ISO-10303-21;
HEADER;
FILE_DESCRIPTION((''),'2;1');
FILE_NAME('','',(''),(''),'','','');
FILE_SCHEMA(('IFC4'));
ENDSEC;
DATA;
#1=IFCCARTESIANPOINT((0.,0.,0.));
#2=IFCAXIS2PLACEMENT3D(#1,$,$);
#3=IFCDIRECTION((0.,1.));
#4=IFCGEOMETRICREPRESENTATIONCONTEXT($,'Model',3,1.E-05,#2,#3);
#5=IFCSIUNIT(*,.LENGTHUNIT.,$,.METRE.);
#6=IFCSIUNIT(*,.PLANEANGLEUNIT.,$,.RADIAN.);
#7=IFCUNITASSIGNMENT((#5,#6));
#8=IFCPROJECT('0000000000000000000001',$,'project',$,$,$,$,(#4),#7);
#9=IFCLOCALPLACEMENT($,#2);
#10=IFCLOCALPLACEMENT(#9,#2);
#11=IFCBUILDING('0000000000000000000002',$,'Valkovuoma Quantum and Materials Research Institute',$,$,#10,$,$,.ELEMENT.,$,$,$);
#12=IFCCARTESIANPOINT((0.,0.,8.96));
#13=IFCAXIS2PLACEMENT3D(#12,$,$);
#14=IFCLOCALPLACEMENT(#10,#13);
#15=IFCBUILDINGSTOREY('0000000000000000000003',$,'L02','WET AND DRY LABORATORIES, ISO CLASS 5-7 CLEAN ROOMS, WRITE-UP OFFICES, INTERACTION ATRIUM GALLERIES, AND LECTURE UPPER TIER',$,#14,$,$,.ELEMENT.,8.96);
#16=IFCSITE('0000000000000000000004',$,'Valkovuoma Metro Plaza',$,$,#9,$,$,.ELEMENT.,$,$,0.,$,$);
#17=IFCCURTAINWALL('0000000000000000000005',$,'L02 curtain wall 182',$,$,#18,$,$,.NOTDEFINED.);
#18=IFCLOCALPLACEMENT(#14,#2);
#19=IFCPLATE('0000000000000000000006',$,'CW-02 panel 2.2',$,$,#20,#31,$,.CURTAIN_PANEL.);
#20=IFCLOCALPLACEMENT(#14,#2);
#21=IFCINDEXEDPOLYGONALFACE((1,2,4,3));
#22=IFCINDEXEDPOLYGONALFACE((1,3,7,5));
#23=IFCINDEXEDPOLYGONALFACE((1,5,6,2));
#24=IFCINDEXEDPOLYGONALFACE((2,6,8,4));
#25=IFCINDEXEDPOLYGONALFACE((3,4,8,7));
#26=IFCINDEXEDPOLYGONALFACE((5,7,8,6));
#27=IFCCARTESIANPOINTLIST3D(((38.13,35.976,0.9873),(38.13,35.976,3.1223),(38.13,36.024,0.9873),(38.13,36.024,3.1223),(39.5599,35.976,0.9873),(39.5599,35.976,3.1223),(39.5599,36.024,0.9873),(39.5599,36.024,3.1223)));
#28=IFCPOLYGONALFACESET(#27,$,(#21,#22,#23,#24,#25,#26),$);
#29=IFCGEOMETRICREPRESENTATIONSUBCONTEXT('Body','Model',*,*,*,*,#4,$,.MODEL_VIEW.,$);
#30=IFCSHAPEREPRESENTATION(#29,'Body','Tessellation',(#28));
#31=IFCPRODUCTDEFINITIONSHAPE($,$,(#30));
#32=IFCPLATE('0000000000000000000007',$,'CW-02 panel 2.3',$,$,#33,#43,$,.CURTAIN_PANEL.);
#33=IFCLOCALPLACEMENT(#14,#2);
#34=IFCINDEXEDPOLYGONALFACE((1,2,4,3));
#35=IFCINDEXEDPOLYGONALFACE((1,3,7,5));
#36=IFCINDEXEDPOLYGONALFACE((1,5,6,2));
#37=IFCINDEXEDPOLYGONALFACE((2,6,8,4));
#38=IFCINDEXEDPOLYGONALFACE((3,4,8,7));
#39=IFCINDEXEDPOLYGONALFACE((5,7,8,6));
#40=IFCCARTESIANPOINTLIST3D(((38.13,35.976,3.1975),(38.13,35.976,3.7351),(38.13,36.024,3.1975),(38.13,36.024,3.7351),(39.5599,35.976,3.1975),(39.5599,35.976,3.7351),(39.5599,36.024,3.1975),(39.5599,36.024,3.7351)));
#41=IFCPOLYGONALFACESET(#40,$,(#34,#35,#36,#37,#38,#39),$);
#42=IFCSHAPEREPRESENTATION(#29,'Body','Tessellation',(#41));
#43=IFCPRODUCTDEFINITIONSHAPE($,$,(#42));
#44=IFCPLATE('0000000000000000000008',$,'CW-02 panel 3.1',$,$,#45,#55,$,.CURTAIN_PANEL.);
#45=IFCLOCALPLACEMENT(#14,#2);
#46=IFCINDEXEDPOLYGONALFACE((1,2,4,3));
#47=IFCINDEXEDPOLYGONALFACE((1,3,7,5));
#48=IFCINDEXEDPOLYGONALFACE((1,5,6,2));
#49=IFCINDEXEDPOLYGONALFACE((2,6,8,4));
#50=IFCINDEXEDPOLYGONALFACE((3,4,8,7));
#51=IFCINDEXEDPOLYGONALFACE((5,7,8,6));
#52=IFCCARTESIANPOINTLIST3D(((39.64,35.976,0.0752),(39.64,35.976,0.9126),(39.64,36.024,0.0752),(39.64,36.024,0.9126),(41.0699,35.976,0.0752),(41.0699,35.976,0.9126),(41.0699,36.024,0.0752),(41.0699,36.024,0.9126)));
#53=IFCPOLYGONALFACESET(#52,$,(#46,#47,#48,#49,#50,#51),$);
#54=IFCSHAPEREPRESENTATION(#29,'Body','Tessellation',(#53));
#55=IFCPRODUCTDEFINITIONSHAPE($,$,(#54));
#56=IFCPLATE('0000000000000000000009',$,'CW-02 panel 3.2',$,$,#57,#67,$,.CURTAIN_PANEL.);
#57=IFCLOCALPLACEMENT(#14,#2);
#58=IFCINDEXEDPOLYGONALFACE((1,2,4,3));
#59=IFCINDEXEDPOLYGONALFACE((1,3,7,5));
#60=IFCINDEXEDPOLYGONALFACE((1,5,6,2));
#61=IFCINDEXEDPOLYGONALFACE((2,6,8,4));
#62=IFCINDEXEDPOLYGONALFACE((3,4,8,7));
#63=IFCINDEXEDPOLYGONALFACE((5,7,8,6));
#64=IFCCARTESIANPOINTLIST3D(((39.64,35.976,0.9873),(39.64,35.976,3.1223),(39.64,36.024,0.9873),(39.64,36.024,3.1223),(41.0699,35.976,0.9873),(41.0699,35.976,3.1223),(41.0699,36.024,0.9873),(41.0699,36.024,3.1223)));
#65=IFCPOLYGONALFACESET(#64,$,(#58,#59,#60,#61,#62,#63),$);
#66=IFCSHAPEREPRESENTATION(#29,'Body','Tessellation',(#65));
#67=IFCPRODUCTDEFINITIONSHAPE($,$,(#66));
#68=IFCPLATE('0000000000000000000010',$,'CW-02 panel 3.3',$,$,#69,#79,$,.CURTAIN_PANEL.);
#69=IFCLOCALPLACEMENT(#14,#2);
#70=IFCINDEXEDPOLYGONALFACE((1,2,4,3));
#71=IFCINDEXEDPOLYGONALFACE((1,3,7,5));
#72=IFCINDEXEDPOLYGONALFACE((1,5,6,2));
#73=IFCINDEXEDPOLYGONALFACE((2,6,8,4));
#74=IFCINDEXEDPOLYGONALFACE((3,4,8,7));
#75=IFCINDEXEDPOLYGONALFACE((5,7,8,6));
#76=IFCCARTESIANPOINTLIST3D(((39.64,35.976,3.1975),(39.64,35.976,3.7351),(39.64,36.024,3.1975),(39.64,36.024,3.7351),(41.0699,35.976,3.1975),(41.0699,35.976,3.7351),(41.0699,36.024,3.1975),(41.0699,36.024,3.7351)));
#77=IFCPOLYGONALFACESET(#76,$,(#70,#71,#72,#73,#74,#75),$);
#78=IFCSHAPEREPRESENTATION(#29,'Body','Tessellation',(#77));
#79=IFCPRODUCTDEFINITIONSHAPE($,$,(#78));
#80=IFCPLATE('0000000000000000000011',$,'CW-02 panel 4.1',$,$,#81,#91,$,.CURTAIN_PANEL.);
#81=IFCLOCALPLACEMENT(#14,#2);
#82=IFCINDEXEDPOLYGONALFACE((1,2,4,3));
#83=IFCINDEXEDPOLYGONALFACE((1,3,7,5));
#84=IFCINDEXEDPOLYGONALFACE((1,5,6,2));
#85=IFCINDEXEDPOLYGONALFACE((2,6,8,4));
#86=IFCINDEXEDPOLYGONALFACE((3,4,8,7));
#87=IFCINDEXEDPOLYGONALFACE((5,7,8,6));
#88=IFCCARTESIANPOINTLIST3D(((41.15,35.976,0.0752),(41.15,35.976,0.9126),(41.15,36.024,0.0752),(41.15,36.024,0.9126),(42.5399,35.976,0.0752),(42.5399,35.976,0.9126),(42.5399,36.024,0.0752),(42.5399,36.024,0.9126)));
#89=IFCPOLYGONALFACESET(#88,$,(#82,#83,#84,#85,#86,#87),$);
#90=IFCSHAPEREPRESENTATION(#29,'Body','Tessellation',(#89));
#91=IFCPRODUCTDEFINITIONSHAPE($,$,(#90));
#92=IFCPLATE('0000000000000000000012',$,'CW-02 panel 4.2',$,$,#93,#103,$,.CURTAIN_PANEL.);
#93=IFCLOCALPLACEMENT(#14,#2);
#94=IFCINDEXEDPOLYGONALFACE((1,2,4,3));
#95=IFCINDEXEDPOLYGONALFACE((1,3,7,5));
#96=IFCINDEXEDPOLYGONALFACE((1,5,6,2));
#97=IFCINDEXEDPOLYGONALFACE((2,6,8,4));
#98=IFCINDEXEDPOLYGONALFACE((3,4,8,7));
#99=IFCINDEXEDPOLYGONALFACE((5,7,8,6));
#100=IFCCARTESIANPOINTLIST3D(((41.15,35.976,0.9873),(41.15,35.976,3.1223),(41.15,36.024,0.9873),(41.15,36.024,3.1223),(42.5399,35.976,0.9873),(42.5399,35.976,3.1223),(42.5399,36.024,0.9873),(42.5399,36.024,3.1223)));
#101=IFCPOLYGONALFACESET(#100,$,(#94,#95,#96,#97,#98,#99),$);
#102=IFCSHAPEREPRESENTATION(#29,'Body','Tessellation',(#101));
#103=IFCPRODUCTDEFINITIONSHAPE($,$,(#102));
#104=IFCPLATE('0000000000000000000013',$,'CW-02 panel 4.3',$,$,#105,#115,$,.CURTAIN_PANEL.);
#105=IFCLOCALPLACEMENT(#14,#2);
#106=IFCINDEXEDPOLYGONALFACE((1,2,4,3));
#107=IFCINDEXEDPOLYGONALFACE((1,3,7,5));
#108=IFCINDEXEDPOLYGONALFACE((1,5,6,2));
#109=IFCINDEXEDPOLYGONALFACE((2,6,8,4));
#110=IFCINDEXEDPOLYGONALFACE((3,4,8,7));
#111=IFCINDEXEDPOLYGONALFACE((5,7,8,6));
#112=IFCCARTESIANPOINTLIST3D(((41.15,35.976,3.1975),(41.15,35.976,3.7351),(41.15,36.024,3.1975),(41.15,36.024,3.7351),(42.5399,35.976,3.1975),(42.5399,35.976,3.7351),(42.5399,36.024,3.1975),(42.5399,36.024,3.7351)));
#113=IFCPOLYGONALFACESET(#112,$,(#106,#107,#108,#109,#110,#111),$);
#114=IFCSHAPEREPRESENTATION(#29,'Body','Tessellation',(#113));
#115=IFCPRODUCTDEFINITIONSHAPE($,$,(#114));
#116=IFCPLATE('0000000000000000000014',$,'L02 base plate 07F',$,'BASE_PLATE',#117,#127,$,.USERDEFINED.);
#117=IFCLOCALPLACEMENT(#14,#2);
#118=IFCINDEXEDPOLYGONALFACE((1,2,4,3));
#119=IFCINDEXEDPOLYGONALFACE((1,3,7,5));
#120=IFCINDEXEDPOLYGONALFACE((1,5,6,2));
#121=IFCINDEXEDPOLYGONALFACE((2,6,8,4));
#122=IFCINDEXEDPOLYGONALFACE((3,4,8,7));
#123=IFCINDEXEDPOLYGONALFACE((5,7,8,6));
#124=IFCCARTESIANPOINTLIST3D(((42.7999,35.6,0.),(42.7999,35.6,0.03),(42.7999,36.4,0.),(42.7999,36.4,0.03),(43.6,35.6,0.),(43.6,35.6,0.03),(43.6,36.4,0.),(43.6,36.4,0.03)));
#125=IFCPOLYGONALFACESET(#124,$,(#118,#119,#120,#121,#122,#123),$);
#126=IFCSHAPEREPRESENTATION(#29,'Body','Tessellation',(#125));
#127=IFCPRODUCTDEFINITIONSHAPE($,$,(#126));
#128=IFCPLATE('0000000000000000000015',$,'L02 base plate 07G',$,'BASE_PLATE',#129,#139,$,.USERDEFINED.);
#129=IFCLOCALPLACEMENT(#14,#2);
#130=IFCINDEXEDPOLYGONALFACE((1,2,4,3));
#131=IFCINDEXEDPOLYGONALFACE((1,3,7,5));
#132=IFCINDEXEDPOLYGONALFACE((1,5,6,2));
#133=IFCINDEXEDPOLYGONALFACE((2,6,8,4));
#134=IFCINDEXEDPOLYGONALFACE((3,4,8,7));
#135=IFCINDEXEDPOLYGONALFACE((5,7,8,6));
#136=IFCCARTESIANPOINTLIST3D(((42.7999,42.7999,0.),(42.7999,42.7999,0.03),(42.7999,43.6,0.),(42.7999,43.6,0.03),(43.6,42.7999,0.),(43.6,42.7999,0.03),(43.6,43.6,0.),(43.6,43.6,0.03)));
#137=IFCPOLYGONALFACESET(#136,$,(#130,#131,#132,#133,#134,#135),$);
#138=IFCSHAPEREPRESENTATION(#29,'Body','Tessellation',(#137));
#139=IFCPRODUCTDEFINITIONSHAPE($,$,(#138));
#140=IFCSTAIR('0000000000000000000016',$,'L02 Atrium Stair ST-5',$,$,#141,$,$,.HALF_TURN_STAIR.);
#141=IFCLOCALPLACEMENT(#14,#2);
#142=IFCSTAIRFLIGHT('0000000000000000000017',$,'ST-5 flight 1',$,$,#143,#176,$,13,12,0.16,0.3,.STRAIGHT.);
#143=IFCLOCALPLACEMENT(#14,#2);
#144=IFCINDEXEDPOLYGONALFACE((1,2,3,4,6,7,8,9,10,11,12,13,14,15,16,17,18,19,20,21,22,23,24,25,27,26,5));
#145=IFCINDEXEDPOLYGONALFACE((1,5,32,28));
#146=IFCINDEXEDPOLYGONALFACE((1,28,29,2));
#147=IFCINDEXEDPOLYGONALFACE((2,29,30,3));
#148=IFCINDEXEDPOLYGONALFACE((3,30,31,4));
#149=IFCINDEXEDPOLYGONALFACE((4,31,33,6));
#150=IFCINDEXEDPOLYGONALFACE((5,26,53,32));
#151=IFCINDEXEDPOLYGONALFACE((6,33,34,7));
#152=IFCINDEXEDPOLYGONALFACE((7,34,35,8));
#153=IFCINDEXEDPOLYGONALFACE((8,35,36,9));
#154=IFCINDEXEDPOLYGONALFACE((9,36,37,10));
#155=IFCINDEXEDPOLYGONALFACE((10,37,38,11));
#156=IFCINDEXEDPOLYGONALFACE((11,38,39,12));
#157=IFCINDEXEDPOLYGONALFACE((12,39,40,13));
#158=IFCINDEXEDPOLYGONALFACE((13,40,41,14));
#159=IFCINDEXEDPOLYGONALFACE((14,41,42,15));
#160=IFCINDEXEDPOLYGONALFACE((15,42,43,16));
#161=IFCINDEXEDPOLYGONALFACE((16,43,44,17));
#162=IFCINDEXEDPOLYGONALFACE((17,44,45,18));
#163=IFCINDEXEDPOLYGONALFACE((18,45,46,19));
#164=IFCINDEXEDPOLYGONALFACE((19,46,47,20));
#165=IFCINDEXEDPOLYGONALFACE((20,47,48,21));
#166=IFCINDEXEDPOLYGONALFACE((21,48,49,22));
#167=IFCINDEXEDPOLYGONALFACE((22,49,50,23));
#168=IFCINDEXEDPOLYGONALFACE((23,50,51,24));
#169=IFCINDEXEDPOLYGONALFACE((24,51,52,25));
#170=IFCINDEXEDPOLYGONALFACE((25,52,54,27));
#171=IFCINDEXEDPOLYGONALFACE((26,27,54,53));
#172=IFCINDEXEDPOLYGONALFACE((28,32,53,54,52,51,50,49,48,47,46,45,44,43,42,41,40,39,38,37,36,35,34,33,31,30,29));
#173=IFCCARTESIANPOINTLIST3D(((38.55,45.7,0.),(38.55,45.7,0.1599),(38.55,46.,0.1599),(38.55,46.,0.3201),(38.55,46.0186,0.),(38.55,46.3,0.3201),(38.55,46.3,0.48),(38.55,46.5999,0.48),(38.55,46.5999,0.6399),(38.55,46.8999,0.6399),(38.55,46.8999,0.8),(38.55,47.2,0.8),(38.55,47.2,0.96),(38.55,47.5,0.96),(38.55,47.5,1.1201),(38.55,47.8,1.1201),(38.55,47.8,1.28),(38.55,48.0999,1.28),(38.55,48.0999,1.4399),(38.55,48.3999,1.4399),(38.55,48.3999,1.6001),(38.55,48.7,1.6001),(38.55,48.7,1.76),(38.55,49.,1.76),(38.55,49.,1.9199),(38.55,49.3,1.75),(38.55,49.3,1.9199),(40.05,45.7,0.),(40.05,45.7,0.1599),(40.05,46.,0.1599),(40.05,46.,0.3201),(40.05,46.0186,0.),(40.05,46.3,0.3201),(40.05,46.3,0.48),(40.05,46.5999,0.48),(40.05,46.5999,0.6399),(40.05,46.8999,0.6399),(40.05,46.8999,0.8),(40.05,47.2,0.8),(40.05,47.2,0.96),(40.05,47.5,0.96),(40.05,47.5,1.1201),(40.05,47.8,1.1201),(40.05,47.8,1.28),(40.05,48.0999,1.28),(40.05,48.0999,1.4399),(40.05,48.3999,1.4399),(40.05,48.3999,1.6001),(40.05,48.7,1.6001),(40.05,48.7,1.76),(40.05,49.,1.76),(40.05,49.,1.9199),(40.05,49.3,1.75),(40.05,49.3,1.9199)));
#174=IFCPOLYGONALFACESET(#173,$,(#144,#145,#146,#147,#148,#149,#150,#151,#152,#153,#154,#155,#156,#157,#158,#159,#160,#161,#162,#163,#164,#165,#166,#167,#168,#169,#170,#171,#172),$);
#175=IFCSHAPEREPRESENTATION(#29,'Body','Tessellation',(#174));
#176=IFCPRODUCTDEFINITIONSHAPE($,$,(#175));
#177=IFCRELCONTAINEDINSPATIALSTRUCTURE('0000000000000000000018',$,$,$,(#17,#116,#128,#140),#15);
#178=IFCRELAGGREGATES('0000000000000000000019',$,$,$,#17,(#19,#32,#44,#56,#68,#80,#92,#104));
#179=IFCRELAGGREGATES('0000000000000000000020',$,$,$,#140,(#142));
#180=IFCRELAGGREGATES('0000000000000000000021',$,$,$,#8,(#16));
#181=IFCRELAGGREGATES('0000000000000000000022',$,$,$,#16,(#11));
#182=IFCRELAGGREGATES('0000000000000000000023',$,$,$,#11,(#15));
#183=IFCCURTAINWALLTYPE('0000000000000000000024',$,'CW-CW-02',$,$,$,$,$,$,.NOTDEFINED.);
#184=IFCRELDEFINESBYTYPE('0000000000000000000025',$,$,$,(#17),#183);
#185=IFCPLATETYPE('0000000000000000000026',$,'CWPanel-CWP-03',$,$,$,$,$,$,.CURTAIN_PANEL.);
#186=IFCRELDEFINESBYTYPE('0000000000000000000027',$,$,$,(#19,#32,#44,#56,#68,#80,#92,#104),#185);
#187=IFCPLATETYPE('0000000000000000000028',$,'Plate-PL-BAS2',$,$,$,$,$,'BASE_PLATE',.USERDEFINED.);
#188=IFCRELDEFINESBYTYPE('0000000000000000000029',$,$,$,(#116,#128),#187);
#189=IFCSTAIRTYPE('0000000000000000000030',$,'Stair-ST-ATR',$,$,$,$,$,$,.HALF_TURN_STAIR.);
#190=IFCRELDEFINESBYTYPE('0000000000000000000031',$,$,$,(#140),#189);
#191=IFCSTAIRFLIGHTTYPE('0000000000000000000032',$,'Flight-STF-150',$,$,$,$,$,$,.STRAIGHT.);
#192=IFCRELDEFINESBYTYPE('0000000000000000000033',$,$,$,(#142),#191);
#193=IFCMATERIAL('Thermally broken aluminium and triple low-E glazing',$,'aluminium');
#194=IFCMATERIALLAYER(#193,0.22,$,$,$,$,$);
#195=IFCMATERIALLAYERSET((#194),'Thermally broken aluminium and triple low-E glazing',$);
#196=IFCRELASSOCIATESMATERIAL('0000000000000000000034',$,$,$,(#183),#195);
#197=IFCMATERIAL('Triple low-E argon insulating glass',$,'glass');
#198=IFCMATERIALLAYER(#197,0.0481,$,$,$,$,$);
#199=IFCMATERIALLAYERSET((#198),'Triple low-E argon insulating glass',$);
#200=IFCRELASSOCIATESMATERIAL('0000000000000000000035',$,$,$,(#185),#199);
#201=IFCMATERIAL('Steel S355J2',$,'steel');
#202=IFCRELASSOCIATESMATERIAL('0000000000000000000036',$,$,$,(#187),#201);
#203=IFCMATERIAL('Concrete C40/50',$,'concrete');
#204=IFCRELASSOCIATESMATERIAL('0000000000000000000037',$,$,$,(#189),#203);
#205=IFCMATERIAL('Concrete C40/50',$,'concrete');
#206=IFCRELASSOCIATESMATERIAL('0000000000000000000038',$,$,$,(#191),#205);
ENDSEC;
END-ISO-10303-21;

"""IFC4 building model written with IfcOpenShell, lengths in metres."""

from ifc_helpers import new_model, si_unit, direction, frame, origin, origin_2d, place, context, subcontext, project, spatial, polyline, rectangle, outline, extrude, material, layer, layer_set, type_object, element, aggregate, save


model = new_model("IFC4")

# Units and contexts
model_context = context("Model", 3, precision=1e-05, world=origin(), true_north=direction((0.0, 1.0)))
body_context = subcontext(model_context, "Body", "Model", "MODEL_VIEW")
ifc_project = project(units=[si_unit("LENGTHUNIT", "METRE"), si_unit("PLANEANGLEUNIT", "RADIAN")], contexts=[model_context])

# Site, building, storey
site_placement = place(None, origin())
site = spatial("IfcSite", under=ifc_project, at=site_placement, Name="Valkovuoma Metro Plaza", CompositionType="ELEMENT", RefElevation=0.0)
building_placement = place(site_placement, origin())
building = spatial("IfcBuilding", under=site, at=building_placement, Name="Valkovuoma Quantum and Materials Research Institute", CompositionType="ELEMENT")
storey_placement = place(building_placement, frame((0.0, 0.0, 8.96)))
storey = spatial("IfcBuildingStorey", under=building, at=storey_placement, Name="L02", Description="WET AND DRY LABORATORIES, ISO CLASS 5-7 CLEAN ROOMS, WRITE-UP OFFICES, INTERACTION ATRIUM GALLERIES, AND LECTURE UPPER TIER", CompositionType="ELEMENT", Elevation=8.96)

# Curtain wall
ifc_material_1 = material(Name="Thermally broken aluminium and triple low-E glazing", Category="aluminium")
ifc_layer_1 = layer(ifc_material_1, 0.22)
ifc_layer_set_1 = layer_set([ifc_layer_1], Name="Thermally broken aluminium and triple low-E glazing")
curtain_wall_type = type_object("IfcCurtainWallType", Name="CW-CW-02", PredefinedType="NOTDEFINED", material=ifc_layer_set_1)
curtain_wall_1_placement = place(storey_placement, origin())
curtain_wall_1 = element("IfcCurtainWall", 1, at=curtain_wall_1_placement, inside=storey, type_object=curtain_wall_type, Name="L02 curtain wall 182", PredefinedType="NOTDEFINED")

# Plates
ifc_material_2 = material(Name="Triple low-E argon insulating glass", Category="glass")
ifc_layer_2 = layer(ifc_material_2, 0.0481)
ifc_layer_set_2 = layer_set([ifc_layer_2], Name="Triple low-E argon insulating glass")
plate_type_1 = type_object("IfcPlateType", Name="CWPanel-CWP-03", PredefinedType="CURTAIN_PANEL", material=ifc_layer_set_2)
plate_1_placement = place(storey_placement, frame((38.845, 36.0, 0.9873), z_axis=(0.0, 0.0, 1.0), x_axis=(1.0, 0.0, 0.0)))
plate_1 = element("IfcPlate", 2, at=plate_1_placement, type_object=plate_type_1, Name="CW-02 panel 2.2", PredefinedType="CURTAIN_PANEL", context=body_context, shape_type="SweptSolid", body=[
    extrude(rectangle(XDim=1.4299, YDim=0.0481, at=origin_2d()), origin(), (0.0, 0.0, 1.0), 2.135),
])
plate_2_placement = place(storey_placement, frame((38.845, 36.0, 3.1975), z_axis=(0.0, 0.0, 1.0), x_axis=(1.0, 0.0, 0.0)))
plate_2 = element("IfcPlate", 3, at=plate_2_placement, type_object=plate_type_1, Name="CW-02 panel 2.3", PredefinedType="CURTAIN_PANEL", context=body_context, shape_type="SweptSolid", body=[
    extrude(rectangle(XDim=1.4299, YDim=0.0481, at=origin_2d()), origin(), (0.0, 0.0, 1.0), 0.5376),
])
plate_3_placement = place(storey_placement, frame((40.355, 36.0, 0.0752), z_axis=(0.0, 0.0, 1.0), x_axis=(1.0, 0.0, 0.0)))
plate_3 = element("IfcPlate", 4, at=plate_3_placement, type_object=plate_type_1, Name="CW-02 panel 3.1", PredefinedType="CURTAIN_PANEL", context=body_context, shape_type="SweptSolid", body=[
    extrude(rectangle(XDim=1.4299, YDim=0.0481, at=origin_2d()), origin(), (0.0, 0.0, 1.0), 0.8374),
])
plate_4_placement = place(storey_placement, frame((40.355, 36.0, 0.9873), z_axis=(0.0, 0.0, 1.0), x_axis=(1.0, 0.0, 0.0)))
plate_4 = element("IfcPlate", 5, at=plate_4_placement, type_object=plate_type_1, Name="CW-02 panel 3.2", PredefinedType="CURTAIN_PANEL", context=body_context, shape_type="SweptSolid", body=[
    extrude(rectangle(XDim=1.4299, YDim=0.0481, at=origin_2d()), origin(), (0.0, 0.0, 1.0), 2.135),
])
plate_5_placement = place(storey_placement, frame((40.355, 36.0, 3.1975), z_axis=(0.0, 0.0, 1.0), x_axis=(1.0, 0.0, 0.0)))
plate_5 = element("IfcPlate", 6, at=plate_5_placement, type_object=plate_type_1, Name="CW-02 panel 3.3", PredefinedType="CURTAIN_PANEL", context=body_context, shape_type="SweptSolid", body=[
    extrude(rectangle(XDim=1.4299, YDim=0.0481, at=origin_2d()), origin(), (0.0, 0.0, 1.0), 0.5376),
])
plate_6_placement = place(storey_placement, frame((41.845, 36.0, 0.0752), z_axis=(0.0, 0.0, 1.0), x_axis=(1.0, 0.0, 0.0)))
plate_6 = element("IfcPlate", 7, at=plate_6_placement, type_object=plate_type_1, Name="CW-02 panel 4.1", PredefinedType="CURTAIN_PANEL", context=body_context, shape_type="SweptSolid", body=[
    extrude(rectangle(XDim=1.3899, YDim=0.0481, at=origin_2d()), origin(), (0.0, 0.0, 1.0), 0.8374),
])
plate_7_placement = place(storey_placement, frame((41.845, 36.0, 0.9873), z_axis=(0.0, 0.0, 1.0), x_axis=(1.0, 0.0, 0.0)))
plate_7 = element("IfcPlate", 8, at=plate_7_placement, type_object=plate_type_1, Name="CW-02 panel 4.2", PredefinedType="CURTAIN_PANEL", context=body_context, shape_type="SweptSolid", body=[
    extrude(rectangle(XDim=1.3899, YDim=0.0481, at=origin_2d()), origin(), (0.0, 0.0, 1.0), 2.135),
])
plate_8_placement = place(storey_placement, frame((41.845, 36.0, 3.1975), z_axis=(0.0, 0.0, 1.0), x_axis=(1.0, 0.0, 0.0)))
plate_8 = element("IfcPlate", 9, at=plate_8_placement, type_object=plate_type_1, Name="CW-02 panel 4.3", PredefinedType="CURTAIN_PANEL", context=body_context, shape_type="SweptSolid", body=[
    extrude(rectangle(XDim=1.3899, YDim=0.0481, at=origin_2d()), origin(), (0.0, 0.0, 1.0), 0.5376),
])
aggregate(curtain_wall_1, [plate_1, plate_2, plate_3, plate_4, plate_5, plate_6, plate_7, plate_8])

# Plates
ifc_material_3 = material(Name="Steel S355J2", Category="steel")
plate_type_2 = type_object("IfcPlateType", Name="Plate-PL-BAS2", ElementType="BASE_PLATE", PredefinedType="USERDEFINED", material=ifc_material_3)
for number, where, z_axis, x_axis, name in (
    (10, (43.2, 36.0, 0.0), (0.0, 0.0, 1.0), (1.0, 0.0, 0.0), "L02 base plate 07F"),
    (11, (43.2, 43.2, 0.0), (0.0, 0.0, 1.0), (1.0, 0.0, 0.0), "L02 base plate 07G"),
):
    element("IfcPlate", number, at=place(storey_placement, frame(where, z_axis=z_axis, x_axis=x_axis)), inside=storey, type_object=plate_type_2, Name=name, ObjectType="BASE_PLATE", PredefinedType="USERDEFINED", context=body_context, shape_type="SweptSolid", body=[
        extrude(rectangle(XDim=0.8, YDim=0.8, at=origin_2d()), origin(), (0.0, 0.0, 1.0), 0.03),
    ])

# Stair, stair flight
ifc_material_4 = material(Name="Concrete C40/50", Category="concrete")
stair_type = type_object("IfcStairType", Name="Stair-ST-ATR", PredefinedType="HALF_TURN_STAIR", material=ifc_material_4)
stair_placement = place(storey_placement, origin())
stair = element("IfcStair", 12, at=stair_placement, inside=storey, type_object=stair_type, Name="L02 Atrium Stair ST-5", PredefinedType="HALF_TURN_STAIR")
ifc_material_5 = material(Name="Concrete C40/50", Category="concrete")
stair_flight_type = type_object("IfcStairFlightType", Name="Flight-STF-150", PredefinedType="STRAIGHT", material=ifc_material_5)
stair_flight_placement = place(storey_placement, frame((39.3, 45.7, 0.0), z_axis=(0.0, 0.0, 1.0), x_axis=(0.0, 1.0, 0.0)))
stair_flight = element("IfcStairFlight", 13, at=stair_flight_placement, type_object=stair_flight_type, Name="ST-5 flight 1", NumberOfRisers=13, NumberOfTreads=12, PredefinedType="STRAIGHT", RiserHeight=0.16, TreadLength=0.3, context=body_context, shape_type="SweptSolid", body=[
    extrude(outline(polyline([(0.0, 0.0), (0.0, 0.1599), (0.3, 0.1599), (0.3, 0.3201), (0.6001, 0.3201), (0.6001, 0.48), (0.8999, 0.48), (0.8999, 0.6399), (1.2, 0.6399), (1.2, 0.8), (1.5, 0.8), (1.5, 0.96), (1.8, 0.96), (1.8, 1.1201), (2.1001, 1.1201), (2.1001, 1.28), (2.3999, 1.28), (2.3999, 1.4399), (2.7, 1.4399), (2.7, 1.6001), (3.0, 1.6001), (3.0, 1.76), (3.3, 1.76), (3.3, 1.9199), (3.6001, 1.9199), (3.6001, 2.0801), (3.6001, 1.75), (0.3186, 0.0), (0.0, 0.0)])), frame((0.0, 0.75, 0.0), z_axis=(0.0, -1.0, 0.0), x_axis=(1.0, 0.0, 0.0)), (0.0, 0.0, 1.0), 1.5),
])
aggregate(stair, [stair_flight])

save(model, "model.ifc")
